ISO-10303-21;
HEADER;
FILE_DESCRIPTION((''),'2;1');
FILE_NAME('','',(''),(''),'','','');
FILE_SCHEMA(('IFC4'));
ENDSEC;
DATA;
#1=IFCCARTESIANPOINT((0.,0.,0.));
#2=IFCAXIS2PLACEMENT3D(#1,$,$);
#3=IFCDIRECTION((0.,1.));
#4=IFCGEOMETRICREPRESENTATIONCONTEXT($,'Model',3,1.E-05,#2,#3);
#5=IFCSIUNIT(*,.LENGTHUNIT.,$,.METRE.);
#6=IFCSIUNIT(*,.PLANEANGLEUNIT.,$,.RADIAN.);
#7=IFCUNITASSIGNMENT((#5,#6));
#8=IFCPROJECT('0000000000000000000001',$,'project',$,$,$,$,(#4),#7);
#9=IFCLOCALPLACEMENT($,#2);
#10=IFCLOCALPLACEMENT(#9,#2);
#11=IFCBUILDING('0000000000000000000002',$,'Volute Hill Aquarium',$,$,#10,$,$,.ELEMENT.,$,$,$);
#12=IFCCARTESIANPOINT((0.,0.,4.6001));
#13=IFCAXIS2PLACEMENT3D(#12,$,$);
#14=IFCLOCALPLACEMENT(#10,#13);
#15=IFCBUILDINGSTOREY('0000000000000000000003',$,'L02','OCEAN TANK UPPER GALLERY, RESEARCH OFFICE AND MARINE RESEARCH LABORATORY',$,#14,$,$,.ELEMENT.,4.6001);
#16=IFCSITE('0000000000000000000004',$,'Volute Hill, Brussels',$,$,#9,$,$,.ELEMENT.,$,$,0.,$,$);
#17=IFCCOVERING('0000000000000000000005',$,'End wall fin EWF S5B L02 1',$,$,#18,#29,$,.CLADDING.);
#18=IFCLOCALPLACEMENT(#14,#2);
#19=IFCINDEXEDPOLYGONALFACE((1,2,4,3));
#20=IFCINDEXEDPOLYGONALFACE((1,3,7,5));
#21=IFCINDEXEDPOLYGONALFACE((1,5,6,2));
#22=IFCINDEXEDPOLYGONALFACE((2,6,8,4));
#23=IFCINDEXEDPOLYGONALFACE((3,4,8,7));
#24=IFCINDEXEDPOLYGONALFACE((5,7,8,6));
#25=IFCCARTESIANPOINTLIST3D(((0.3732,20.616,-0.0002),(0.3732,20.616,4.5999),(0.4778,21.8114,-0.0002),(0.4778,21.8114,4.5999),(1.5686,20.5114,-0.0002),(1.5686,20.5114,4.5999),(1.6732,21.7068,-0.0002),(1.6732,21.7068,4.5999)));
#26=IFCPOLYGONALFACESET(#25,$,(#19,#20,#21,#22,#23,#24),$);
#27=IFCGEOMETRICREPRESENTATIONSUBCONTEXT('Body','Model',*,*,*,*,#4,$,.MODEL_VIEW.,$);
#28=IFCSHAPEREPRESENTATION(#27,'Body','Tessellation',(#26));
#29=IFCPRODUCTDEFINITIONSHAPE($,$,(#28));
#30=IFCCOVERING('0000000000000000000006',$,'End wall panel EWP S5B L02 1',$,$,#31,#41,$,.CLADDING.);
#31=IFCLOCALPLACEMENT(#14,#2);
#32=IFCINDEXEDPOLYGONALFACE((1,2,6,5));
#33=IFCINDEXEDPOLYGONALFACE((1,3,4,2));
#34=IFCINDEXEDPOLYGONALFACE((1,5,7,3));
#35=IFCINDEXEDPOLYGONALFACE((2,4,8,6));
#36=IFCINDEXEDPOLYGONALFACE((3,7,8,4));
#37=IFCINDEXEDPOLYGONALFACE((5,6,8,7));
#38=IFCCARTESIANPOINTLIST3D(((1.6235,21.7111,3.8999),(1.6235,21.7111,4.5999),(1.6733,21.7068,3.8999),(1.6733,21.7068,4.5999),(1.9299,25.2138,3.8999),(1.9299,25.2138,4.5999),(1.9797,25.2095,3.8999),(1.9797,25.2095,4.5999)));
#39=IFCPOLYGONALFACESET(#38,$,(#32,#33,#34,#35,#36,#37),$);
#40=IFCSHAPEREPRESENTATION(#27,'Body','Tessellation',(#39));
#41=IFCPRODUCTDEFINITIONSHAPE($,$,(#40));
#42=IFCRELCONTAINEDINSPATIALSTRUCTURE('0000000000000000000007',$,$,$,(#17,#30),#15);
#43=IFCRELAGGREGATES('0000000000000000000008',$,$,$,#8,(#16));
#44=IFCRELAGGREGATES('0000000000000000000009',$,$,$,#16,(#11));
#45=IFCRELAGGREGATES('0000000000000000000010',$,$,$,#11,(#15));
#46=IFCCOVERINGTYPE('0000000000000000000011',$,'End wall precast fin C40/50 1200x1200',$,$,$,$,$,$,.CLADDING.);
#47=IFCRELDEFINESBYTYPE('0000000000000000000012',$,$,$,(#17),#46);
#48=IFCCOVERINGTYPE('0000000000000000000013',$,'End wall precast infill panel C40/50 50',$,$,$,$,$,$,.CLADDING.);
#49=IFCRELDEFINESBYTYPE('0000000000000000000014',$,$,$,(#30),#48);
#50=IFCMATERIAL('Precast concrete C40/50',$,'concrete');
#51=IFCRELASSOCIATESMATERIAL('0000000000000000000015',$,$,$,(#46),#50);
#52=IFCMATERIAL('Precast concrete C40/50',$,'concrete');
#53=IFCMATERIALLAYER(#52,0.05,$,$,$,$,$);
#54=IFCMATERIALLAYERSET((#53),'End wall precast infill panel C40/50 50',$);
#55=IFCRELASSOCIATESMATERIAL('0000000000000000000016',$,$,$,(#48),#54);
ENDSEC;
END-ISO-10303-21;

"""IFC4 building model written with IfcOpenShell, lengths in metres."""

from ifc_helpers import new_model, si_unit, direction, frame, origin, origin_2d, place, context, subcontext, project, spatial, polyline, rectangle, outline, extrude, material, layer, layer_set, type_object, element, save


model = new_model("IFC4")

# Units and contexts
model_context = context("Model", 3, precision=1e-05, world=origin(), true_north=direction((0.0, 1.0)))
body_context = subcontext(model_context, "Body", "Model", "MODEL_VIEW")
ifc_project = project(units=[si_unit("LENGTHUNIT", "METRE"), si_unit("PLANEANGLEUNIT", "RADIAN")], contexts=[model_context])

# Site, building, storey
site_placement = place(None, origin())
site = spatial("IfcSite", under=ifc_project, at=site_placement, Name="Volute Hill, Brussels", CompositionType="ELEMENT", RefElevation=0.0)
building_placement = place(site_placement, origin())
building = spatial("IfcBuilding", under=site, at=building_placement, Name="Volute Hill Aquarium", CompositionType="ELEMENT")
storey_placement = place(building_placement, frame((0.0, 0.0, 4.6001)))
storey = spatial("IfcBuildingStorey", under=building, at=storey_placement, Name="L02", Description="OCEAN TANK UPPER GALLERY, RESEARCH OFFICE AND MARINE RESEARCH LABORATORY", CompositionType="ELEMENT", Elevation=4.6001)

# Coverings
ifc_material_1 = material(Name="Precast concrete C40/50", Category="concrete")
covering_type_1 = type_object("IfcCoveringType", Name="End wall precast fin C40/50 1200x1200", PredefinedType="CLADDING", material=ifc_material_1)
covering_1_placement = place(storey_placement, frame((1.0232, 21.1614, -0.0002), z_axis=(0.0, 0.0, 1.0), x_axis=(0.087153, 0.996195, 0.0)))
element("IfcCovering", 1, at=covering_1_placement, inside=storey, type_object=covering_type_1, Name="End wall fin EWF S5B L02 1", PredefinedType="CLADDING", context=body_context, shape_type="SweptSolid", body=[
    extrude(rectangle(XDim=1.2, YDim=1.2, at=origin_2d()), origin(), (0.0, 0.0, 1.0), 4.6001),
])
ifc_material_2 = material(Name="Precast concrete C40/50", Category="concrete")
ifc_layer_1 = layer(ifc_material_2, 0.05)
ifc_layer_set_1 = layer_set([ifc_layer_1], Name="End wall precast infill panel C40/50 50")
covering_type_2 = type_object("IfcCoveringType", Name="End wall precast infill panel C40/50 50", PredefinedType="CLADDING", material=ifc_layer_set_1)
covering_2_placement = place(storey_placement, frame((1.6733, 21.7068, 3.8999), z_axis=(0.996196, -0.087142, 0.0), x_axis=(0.087142, 0.996196, 0.0)))
element("IfcCovering", 2, at=covering_2_placement, inside=storey, type_object=covering_type_2, Name="End wall panel EWP S5B L02 1", PredefinedType="CLADDING", context=body_context, shape_type="SweptSolid", body=[
    extrude(outline(polyline([(0.0, 0.0), (3.5161, 0.0), (3.5161, 0.7), (0.0, 0.7), (0.0, 0.0)])), origin(), (0.0, 0.0, -1.0), 0.05),
])

save(model, "model.ifc")
